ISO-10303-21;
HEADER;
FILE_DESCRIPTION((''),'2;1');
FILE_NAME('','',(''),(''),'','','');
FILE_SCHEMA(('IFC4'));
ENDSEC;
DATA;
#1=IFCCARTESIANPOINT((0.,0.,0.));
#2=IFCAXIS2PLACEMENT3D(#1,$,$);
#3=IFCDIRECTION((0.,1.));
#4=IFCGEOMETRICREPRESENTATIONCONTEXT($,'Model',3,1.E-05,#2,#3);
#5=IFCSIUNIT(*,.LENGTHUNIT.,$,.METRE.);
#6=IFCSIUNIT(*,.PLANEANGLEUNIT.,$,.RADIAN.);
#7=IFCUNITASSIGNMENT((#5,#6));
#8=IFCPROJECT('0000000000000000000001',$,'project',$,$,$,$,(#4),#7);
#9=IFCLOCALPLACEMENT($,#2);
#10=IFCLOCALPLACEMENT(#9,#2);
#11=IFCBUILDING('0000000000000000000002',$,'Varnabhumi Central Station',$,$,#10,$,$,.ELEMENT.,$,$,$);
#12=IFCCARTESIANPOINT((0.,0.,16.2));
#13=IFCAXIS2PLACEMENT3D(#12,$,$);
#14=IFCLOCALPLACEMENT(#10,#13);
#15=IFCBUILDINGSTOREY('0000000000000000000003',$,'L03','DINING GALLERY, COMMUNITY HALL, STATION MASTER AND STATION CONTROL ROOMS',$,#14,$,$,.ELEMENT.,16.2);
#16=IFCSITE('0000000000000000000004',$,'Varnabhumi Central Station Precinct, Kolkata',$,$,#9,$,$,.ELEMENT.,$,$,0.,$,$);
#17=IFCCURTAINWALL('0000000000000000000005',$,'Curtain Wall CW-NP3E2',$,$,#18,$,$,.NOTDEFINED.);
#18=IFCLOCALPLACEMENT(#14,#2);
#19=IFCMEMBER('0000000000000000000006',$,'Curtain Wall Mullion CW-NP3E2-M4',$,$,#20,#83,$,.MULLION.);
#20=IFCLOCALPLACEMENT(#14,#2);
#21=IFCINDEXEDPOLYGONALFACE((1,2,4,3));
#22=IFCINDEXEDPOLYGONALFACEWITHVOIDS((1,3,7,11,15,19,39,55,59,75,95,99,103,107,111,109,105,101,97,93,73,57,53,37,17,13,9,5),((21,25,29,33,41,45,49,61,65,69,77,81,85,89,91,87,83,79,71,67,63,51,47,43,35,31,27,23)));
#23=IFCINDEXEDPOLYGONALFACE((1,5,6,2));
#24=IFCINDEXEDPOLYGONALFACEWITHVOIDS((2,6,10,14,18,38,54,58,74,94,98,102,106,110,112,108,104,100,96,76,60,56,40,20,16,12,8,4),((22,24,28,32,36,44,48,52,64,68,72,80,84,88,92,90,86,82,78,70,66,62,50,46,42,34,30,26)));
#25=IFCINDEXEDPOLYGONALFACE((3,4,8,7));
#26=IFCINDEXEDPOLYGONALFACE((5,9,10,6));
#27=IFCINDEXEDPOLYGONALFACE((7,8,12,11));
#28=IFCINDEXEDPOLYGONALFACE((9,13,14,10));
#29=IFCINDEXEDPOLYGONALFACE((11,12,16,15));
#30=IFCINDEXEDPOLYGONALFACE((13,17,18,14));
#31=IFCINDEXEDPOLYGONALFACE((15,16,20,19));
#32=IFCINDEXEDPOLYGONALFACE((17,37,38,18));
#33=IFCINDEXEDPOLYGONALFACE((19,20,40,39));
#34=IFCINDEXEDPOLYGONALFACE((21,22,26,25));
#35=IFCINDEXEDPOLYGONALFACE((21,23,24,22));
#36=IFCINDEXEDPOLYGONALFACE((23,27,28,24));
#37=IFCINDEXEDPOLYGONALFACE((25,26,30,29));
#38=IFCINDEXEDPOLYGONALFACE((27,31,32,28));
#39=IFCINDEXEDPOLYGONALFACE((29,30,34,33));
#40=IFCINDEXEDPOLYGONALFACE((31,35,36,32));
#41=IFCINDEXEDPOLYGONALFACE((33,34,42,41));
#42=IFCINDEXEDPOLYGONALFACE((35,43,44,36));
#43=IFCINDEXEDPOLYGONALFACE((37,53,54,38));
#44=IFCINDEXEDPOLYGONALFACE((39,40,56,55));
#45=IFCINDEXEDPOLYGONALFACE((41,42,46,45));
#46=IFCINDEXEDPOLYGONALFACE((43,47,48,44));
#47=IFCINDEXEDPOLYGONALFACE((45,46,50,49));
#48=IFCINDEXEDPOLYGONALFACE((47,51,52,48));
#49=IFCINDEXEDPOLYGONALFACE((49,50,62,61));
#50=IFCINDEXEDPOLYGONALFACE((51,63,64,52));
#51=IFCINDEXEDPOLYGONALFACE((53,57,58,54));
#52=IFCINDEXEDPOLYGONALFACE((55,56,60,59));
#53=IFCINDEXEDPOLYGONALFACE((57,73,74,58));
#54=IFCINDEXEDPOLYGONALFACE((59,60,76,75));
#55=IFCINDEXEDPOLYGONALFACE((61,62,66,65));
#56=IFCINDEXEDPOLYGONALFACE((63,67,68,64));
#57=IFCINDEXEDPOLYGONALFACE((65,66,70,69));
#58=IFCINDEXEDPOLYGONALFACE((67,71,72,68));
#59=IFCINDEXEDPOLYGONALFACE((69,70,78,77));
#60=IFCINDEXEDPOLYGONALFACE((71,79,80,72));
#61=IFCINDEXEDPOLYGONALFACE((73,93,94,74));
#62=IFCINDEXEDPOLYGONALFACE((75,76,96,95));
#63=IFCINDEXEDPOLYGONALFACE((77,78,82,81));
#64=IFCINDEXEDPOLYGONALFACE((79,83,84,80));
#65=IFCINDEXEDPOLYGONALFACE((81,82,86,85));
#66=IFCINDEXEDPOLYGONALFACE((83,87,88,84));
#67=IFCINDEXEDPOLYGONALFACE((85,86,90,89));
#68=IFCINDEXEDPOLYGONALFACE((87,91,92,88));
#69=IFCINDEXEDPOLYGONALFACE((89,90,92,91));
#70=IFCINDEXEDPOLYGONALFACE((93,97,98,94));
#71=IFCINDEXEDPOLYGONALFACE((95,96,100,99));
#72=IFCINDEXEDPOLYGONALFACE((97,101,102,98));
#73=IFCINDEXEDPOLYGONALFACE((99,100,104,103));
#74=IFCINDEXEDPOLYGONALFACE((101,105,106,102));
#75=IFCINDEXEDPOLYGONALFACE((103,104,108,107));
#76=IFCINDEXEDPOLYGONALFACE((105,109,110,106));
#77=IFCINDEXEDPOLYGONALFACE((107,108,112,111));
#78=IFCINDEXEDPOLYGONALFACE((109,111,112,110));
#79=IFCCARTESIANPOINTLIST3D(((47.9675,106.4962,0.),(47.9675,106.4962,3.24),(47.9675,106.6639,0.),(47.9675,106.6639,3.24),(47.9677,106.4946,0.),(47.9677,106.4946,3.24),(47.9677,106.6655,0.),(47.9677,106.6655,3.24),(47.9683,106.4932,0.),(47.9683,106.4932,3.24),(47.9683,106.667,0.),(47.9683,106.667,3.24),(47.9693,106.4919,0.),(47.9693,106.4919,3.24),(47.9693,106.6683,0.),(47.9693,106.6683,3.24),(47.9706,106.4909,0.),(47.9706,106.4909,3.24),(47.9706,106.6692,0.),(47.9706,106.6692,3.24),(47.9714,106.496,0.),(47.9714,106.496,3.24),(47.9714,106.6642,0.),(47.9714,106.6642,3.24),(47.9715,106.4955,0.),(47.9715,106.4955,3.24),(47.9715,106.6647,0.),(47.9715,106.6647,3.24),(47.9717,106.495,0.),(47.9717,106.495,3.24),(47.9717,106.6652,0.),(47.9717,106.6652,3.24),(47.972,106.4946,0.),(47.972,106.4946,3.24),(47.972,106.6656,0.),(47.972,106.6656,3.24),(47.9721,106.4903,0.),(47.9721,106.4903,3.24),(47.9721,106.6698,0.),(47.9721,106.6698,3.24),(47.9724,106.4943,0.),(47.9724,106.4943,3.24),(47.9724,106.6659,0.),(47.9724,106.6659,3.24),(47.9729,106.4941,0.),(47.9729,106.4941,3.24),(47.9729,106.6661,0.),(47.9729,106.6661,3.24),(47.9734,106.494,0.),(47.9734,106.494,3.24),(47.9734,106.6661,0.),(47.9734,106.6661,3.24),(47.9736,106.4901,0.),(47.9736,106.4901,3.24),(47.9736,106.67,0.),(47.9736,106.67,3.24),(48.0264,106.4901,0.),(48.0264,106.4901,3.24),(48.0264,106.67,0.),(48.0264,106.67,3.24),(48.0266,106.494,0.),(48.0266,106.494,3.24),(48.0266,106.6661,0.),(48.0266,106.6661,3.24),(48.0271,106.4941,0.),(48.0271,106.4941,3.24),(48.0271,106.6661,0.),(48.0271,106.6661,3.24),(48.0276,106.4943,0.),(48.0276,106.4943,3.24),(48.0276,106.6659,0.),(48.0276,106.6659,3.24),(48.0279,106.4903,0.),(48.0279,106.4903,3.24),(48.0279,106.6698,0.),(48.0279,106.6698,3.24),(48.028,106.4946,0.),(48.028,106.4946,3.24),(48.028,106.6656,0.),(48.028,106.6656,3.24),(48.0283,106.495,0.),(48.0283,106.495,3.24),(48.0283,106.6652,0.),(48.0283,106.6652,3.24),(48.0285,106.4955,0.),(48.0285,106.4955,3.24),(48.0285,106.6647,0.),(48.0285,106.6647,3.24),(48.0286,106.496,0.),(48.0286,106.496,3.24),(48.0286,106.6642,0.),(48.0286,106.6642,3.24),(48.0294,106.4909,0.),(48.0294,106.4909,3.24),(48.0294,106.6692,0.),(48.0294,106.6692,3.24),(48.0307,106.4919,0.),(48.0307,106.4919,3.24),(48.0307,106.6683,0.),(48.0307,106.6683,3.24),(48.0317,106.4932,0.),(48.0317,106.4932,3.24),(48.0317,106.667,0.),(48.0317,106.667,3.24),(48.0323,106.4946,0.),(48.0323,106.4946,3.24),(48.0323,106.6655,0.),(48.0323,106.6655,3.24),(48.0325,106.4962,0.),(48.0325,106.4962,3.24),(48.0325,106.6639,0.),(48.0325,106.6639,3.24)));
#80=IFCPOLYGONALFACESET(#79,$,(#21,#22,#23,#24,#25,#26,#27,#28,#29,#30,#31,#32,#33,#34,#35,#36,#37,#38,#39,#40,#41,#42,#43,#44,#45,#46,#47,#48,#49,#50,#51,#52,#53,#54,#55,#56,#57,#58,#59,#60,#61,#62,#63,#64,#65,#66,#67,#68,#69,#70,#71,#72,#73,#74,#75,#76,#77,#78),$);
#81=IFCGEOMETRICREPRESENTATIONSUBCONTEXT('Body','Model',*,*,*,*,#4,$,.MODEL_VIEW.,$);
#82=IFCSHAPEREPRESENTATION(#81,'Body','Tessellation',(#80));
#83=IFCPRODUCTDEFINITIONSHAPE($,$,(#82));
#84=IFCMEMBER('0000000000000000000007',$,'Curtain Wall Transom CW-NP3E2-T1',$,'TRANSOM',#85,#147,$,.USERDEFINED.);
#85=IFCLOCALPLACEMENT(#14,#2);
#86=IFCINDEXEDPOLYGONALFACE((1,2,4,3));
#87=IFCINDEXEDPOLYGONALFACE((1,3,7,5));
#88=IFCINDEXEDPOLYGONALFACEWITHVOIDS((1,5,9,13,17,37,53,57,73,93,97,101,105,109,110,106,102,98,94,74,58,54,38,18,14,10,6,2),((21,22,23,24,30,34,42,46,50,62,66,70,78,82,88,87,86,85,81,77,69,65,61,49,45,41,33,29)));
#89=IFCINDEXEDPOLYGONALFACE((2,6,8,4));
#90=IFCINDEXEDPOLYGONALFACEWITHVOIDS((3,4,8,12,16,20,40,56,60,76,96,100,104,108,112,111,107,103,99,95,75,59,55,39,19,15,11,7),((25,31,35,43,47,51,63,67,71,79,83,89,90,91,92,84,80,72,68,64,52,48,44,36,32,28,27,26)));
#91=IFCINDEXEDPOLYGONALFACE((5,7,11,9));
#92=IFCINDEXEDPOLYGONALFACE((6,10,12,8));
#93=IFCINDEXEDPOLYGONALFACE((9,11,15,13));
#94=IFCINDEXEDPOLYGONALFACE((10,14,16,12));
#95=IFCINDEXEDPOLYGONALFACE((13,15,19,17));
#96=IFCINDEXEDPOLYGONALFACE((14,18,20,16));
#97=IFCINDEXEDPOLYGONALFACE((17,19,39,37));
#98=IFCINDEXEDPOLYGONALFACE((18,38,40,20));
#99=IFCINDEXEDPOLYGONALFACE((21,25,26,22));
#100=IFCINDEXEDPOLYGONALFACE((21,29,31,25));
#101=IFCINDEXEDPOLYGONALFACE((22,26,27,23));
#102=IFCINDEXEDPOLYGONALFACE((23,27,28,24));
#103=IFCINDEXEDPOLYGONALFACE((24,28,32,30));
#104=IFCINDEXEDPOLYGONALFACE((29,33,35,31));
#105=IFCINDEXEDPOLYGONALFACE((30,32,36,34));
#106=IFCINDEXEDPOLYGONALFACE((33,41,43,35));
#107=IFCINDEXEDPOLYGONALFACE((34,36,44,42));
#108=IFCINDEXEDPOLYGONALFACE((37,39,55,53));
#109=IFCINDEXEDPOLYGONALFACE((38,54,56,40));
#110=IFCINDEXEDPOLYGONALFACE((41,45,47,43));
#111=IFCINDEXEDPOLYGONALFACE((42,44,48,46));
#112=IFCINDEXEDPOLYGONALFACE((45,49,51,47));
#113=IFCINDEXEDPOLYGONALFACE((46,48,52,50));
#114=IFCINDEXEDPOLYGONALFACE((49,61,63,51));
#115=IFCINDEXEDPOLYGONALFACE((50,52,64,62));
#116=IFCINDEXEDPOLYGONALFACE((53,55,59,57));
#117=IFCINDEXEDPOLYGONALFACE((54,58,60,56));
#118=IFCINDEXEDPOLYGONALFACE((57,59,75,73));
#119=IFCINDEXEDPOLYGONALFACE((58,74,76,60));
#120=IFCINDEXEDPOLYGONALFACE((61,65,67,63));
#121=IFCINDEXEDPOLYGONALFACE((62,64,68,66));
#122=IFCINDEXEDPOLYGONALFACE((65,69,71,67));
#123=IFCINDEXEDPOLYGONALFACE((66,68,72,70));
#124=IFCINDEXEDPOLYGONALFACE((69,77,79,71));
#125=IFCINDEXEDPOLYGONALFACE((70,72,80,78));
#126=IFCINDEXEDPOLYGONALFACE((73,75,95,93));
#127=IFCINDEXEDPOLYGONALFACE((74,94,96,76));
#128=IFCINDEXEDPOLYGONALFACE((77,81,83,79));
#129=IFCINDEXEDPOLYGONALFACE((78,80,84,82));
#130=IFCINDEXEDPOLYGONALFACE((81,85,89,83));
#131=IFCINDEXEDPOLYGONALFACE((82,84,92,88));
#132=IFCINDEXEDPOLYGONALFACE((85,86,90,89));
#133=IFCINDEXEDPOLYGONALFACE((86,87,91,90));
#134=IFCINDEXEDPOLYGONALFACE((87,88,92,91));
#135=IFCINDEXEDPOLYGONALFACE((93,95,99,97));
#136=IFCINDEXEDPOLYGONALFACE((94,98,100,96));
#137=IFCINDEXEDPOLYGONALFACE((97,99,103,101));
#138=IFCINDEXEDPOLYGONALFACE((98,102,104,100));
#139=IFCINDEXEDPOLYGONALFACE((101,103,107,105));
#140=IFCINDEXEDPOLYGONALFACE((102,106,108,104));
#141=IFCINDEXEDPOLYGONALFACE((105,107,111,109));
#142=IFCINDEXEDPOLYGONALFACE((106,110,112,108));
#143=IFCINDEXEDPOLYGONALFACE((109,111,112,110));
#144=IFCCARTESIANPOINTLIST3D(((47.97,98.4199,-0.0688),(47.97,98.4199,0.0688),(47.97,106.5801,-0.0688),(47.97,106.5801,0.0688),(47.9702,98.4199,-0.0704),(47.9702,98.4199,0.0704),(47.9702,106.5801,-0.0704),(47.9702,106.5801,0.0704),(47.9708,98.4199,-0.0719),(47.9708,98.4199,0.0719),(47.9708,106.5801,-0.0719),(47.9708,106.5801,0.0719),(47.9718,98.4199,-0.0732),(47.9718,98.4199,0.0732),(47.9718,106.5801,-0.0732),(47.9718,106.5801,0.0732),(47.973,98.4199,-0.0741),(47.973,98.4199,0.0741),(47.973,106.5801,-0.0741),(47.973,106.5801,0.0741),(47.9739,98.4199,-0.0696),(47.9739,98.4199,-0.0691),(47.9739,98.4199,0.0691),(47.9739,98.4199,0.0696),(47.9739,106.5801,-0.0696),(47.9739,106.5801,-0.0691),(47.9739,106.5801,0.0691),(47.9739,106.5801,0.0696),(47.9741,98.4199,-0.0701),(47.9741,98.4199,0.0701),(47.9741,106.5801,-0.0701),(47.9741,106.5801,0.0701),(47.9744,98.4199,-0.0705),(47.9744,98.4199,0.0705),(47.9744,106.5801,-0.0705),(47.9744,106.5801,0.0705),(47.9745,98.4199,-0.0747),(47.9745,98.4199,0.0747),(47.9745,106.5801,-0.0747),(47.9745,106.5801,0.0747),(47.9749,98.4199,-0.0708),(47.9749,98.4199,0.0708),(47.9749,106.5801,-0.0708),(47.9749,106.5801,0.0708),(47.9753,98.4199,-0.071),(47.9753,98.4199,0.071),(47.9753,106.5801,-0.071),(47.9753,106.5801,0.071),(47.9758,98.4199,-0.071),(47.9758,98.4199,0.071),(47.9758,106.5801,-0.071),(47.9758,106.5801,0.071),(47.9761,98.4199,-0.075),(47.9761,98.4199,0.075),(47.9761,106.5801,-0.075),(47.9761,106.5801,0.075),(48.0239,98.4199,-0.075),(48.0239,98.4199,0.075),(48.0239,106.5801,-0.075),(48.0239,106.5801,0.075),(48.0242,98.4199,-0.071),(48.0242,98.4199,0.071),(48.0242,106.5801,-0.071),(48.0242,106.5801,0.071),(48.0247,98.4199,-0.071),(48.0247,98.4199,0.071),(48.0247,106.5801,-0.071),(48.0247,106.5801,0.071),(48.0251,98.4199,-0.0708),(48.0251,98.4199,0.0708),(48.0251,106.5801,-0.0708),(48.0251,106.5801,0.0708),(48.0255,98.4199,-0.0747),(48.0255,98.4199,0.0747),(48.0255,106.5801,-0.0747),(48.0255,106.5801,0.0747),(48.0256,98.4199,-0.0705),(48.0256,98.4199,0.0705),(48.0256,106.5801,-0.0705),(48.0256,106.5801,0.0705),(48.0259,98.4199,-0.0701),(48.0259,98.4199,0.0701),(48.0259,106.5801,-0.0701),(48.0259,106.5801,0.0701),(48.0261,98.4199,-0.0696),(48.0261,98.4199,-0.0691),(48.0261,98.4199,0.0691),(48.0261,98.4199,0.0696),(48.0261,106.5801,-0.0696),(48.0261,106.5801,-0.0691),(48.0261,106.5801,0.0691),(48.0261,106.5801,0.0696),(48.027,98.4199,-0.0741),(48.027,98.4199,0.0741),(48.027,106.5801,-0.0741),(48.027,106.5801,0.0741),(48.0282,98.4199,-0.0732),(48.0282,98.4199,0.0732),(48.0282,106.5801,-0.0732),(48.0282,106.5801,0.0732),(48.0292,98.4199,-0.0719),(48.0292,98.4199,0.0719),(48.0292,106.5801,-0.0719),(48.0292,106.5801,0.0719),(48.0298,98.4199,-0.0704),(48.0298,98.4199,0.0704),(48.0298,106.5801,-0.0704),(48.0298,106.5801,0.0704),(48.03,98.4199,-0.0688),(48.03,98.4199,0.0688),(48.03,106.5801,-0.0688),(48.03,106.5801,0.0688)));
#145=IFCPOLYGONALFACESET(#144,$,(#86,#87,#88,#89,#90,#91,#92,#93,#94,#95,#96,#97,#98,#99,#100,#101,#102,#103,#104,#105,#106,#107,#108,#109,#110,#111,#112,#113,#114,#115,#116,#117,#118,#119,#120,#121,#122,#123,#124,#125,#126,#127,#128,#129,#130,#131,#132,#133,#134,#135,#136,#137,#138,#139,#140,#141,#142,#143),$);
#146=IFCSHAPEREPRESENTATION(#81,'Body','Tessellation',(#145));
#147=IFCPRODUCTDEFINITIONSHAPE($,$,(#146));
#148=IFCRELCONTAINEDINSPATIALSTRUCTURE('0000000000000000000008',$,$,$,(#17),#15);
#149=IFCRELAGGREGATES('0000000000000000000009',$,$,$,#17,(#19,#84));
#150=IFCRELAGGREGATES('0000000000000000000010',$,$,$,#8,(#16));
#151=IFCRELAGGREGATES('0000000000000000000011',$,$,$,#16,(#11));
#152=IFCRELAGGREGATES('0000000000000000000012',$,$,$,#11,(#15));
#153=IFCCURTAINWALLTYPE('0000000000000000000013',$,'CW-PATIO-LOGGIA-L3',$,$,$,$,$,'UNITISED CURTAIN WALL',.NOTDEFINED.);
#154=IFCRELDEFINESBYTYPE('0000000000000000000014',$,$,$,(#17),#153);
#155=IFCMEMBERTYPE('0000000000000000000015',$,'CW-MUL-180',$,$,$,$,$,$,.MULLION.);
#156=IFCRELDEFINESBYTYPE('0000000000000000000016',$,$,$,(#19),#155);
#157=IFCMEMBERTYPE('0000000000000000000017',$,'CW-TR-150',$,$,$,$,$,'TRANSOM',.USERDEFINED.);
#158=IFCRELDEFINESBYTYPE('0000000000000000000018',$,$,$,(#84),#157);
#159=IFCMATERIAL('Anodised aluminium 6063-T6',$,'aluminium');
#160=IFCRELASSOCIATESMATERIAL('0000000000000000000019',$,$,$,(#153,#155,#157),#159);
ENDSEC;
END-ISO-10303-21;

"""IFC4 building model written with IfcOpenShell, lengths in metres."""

from ifc_helpers import new_model, si_unit, direction, frame, origin, origin_2d, place, context, subcontext, project, spatial, hollow_rectangle, extrude, material, material_profile, profile_set, type_object, element, aggregate, save


model = new_model("IFC4")

# Units and contexts
model_context = context("Model", 3, precision=1e-05, world=origin(), true_north=direction((0.0, 1.0)))
body_context = subcontext(model_context, "Body", "Model", "MODEL_VIEW")
ifc_project = project(units=[si_unit("LENGTHUNIT", "METRE"), si_unit("PLANEANGLEUNIT", "RADIAN")], contexts=[model_context])

# Site, building, storey
site_placement = place(None, origin())
site = spatial("IfcSite", under=ifc_project, at=site_placement, Name="Varnabhumi Central Station Precinct, Kolkata", CompositionType="ELEMENT", RefElevation=0.0)
building_placement = place(site_placement, origin())
building = spatial("IfcBuilding", under=site, at=building_placement, Name="Varnabhumi Central Station", CompositionType="ELEMENT")
storey_placement = place(building_placement, frame((0.0, 0.0, 16.2)))
storey = spatial("IfcBuildingStorey", under=building, at=storey_placement, Name="L03", Description="DINING GALLERY, COMMUNITY HALL, STATION MASTER AND STATION CONTROL ROOMS", CompositionType="ELEMENT", Elevation=16.2)

# Curtain wall, members
ifc_material_1 = material(Name="Anodised aluminium 6063-T6", Category="aluminium")
curtain_wall_type = type_object("IfcCurtainWallType", Name="CW-PATIO-LOGGIA-L3", ElementType="UNITISED CURTAIN WALL", PredefinedType="NOTDEFINED", material=ifc_material_1)
curtain_wall_placement = place(storey_placement, origin())
curtain_wall = element("IfcCurtainWall", 1, at=curtain_wall_placement, inside=storey, type_object=curtain_wall_type, Name="Curtain Wall CW-NP3E2", PredefinedType="NOTDEFINED")
ifc_material_profile_1 = material_profile(ifc_material_1, hollow_rectangle(XDim=0.0649, YDim=0.1799, WallThickness=0.0039, InnerFilletRadius=0.002, OuterFilletRadius=0.0061, at=origin_2d()), Name="Anodised aluminium 6063-T6", Category="aluminium")
ifc_profile_set_1 = profile_set([ifc_material_profile_1], Name="Anodised aluminium 6063-T6")
member_type_1 = type_object("IfcMemberType", Name="CW-MUL-180", PredefinedType="MULLION", material=ifc_profile_set_1)
member_1_placement = place(storey_placement, frame((48.0, 106.5801, 0.0), z_axis=(0.0, 0.0, 1.0), x_axis=(1.0, 0.0, 0.0)))
member_1 = element("IfcMember", 2, at=member_1_placement, type_object=member_type_1, Name="Curtain Wall Mullion CW-NP3E2-M4", PredefinedType="MULLION", context=body_context, shape_type="SweptSolid", body=[
    extrude(hollow_rectangle(XDim=0.0649, YDim=0.1799, WallThickness=0.0039, InnerFilletRadius=0.002, OuterFilletRadius=0.0061, at=origin_2d()), origin(), (0.0, 0.0, 1.0), 3.24),
])
ifc_material_profile_2 = material_profile(ifc_material_1, hollow_rectangle(XDim=0.0601, YDim=0.1499, WallThickness=0.0039, InnerFilletRadius=0.002, OuterFilletRadius=0.0061, at=origin_2d()), Name="Anodised aluminium 6063-T6", Category="aluminium")
ifc_profile_set_2 = profile_set([ifc_material_profile_2], Name="Anodised aluminium 6063-T6")
member_type_2 = type_object("IfcMemberType", Name="CW-TR-150", ElementType="TRANSOM", PredefinedType="USERDEFINED", material=ifc_profile_set_2)
member_2_placement = place(storey_placement, frame((48.0, 98.4199, 0.0), z_axis=(0.0, 1.0, 0.0), x_axis=(-1.0, 0.0, 0.0)))
member_2 = element("IfcMember", 3, at=member_2_placement, type_object=member_type_2, Name="Curtain Wall Transom CW-NP3E2-T1", ObjectType="TRANSOM", PredefinedType="USERDEFINED", context=body_context, shape_type="SweptSolid", body=[
    extrude(hollow_rectangle(XDim=0.0601, YDim=0.1499, WallThickness=0.0039, InnerFilletRadius=0.002, OuterFilletRadius=0.0061, at=origin_2d()), origin(), (0.0, 0.0, 1.0), 8.1602),
])
aggregate(curtain_wall, [member_1, member_2])

save(model, "model.ifc")
